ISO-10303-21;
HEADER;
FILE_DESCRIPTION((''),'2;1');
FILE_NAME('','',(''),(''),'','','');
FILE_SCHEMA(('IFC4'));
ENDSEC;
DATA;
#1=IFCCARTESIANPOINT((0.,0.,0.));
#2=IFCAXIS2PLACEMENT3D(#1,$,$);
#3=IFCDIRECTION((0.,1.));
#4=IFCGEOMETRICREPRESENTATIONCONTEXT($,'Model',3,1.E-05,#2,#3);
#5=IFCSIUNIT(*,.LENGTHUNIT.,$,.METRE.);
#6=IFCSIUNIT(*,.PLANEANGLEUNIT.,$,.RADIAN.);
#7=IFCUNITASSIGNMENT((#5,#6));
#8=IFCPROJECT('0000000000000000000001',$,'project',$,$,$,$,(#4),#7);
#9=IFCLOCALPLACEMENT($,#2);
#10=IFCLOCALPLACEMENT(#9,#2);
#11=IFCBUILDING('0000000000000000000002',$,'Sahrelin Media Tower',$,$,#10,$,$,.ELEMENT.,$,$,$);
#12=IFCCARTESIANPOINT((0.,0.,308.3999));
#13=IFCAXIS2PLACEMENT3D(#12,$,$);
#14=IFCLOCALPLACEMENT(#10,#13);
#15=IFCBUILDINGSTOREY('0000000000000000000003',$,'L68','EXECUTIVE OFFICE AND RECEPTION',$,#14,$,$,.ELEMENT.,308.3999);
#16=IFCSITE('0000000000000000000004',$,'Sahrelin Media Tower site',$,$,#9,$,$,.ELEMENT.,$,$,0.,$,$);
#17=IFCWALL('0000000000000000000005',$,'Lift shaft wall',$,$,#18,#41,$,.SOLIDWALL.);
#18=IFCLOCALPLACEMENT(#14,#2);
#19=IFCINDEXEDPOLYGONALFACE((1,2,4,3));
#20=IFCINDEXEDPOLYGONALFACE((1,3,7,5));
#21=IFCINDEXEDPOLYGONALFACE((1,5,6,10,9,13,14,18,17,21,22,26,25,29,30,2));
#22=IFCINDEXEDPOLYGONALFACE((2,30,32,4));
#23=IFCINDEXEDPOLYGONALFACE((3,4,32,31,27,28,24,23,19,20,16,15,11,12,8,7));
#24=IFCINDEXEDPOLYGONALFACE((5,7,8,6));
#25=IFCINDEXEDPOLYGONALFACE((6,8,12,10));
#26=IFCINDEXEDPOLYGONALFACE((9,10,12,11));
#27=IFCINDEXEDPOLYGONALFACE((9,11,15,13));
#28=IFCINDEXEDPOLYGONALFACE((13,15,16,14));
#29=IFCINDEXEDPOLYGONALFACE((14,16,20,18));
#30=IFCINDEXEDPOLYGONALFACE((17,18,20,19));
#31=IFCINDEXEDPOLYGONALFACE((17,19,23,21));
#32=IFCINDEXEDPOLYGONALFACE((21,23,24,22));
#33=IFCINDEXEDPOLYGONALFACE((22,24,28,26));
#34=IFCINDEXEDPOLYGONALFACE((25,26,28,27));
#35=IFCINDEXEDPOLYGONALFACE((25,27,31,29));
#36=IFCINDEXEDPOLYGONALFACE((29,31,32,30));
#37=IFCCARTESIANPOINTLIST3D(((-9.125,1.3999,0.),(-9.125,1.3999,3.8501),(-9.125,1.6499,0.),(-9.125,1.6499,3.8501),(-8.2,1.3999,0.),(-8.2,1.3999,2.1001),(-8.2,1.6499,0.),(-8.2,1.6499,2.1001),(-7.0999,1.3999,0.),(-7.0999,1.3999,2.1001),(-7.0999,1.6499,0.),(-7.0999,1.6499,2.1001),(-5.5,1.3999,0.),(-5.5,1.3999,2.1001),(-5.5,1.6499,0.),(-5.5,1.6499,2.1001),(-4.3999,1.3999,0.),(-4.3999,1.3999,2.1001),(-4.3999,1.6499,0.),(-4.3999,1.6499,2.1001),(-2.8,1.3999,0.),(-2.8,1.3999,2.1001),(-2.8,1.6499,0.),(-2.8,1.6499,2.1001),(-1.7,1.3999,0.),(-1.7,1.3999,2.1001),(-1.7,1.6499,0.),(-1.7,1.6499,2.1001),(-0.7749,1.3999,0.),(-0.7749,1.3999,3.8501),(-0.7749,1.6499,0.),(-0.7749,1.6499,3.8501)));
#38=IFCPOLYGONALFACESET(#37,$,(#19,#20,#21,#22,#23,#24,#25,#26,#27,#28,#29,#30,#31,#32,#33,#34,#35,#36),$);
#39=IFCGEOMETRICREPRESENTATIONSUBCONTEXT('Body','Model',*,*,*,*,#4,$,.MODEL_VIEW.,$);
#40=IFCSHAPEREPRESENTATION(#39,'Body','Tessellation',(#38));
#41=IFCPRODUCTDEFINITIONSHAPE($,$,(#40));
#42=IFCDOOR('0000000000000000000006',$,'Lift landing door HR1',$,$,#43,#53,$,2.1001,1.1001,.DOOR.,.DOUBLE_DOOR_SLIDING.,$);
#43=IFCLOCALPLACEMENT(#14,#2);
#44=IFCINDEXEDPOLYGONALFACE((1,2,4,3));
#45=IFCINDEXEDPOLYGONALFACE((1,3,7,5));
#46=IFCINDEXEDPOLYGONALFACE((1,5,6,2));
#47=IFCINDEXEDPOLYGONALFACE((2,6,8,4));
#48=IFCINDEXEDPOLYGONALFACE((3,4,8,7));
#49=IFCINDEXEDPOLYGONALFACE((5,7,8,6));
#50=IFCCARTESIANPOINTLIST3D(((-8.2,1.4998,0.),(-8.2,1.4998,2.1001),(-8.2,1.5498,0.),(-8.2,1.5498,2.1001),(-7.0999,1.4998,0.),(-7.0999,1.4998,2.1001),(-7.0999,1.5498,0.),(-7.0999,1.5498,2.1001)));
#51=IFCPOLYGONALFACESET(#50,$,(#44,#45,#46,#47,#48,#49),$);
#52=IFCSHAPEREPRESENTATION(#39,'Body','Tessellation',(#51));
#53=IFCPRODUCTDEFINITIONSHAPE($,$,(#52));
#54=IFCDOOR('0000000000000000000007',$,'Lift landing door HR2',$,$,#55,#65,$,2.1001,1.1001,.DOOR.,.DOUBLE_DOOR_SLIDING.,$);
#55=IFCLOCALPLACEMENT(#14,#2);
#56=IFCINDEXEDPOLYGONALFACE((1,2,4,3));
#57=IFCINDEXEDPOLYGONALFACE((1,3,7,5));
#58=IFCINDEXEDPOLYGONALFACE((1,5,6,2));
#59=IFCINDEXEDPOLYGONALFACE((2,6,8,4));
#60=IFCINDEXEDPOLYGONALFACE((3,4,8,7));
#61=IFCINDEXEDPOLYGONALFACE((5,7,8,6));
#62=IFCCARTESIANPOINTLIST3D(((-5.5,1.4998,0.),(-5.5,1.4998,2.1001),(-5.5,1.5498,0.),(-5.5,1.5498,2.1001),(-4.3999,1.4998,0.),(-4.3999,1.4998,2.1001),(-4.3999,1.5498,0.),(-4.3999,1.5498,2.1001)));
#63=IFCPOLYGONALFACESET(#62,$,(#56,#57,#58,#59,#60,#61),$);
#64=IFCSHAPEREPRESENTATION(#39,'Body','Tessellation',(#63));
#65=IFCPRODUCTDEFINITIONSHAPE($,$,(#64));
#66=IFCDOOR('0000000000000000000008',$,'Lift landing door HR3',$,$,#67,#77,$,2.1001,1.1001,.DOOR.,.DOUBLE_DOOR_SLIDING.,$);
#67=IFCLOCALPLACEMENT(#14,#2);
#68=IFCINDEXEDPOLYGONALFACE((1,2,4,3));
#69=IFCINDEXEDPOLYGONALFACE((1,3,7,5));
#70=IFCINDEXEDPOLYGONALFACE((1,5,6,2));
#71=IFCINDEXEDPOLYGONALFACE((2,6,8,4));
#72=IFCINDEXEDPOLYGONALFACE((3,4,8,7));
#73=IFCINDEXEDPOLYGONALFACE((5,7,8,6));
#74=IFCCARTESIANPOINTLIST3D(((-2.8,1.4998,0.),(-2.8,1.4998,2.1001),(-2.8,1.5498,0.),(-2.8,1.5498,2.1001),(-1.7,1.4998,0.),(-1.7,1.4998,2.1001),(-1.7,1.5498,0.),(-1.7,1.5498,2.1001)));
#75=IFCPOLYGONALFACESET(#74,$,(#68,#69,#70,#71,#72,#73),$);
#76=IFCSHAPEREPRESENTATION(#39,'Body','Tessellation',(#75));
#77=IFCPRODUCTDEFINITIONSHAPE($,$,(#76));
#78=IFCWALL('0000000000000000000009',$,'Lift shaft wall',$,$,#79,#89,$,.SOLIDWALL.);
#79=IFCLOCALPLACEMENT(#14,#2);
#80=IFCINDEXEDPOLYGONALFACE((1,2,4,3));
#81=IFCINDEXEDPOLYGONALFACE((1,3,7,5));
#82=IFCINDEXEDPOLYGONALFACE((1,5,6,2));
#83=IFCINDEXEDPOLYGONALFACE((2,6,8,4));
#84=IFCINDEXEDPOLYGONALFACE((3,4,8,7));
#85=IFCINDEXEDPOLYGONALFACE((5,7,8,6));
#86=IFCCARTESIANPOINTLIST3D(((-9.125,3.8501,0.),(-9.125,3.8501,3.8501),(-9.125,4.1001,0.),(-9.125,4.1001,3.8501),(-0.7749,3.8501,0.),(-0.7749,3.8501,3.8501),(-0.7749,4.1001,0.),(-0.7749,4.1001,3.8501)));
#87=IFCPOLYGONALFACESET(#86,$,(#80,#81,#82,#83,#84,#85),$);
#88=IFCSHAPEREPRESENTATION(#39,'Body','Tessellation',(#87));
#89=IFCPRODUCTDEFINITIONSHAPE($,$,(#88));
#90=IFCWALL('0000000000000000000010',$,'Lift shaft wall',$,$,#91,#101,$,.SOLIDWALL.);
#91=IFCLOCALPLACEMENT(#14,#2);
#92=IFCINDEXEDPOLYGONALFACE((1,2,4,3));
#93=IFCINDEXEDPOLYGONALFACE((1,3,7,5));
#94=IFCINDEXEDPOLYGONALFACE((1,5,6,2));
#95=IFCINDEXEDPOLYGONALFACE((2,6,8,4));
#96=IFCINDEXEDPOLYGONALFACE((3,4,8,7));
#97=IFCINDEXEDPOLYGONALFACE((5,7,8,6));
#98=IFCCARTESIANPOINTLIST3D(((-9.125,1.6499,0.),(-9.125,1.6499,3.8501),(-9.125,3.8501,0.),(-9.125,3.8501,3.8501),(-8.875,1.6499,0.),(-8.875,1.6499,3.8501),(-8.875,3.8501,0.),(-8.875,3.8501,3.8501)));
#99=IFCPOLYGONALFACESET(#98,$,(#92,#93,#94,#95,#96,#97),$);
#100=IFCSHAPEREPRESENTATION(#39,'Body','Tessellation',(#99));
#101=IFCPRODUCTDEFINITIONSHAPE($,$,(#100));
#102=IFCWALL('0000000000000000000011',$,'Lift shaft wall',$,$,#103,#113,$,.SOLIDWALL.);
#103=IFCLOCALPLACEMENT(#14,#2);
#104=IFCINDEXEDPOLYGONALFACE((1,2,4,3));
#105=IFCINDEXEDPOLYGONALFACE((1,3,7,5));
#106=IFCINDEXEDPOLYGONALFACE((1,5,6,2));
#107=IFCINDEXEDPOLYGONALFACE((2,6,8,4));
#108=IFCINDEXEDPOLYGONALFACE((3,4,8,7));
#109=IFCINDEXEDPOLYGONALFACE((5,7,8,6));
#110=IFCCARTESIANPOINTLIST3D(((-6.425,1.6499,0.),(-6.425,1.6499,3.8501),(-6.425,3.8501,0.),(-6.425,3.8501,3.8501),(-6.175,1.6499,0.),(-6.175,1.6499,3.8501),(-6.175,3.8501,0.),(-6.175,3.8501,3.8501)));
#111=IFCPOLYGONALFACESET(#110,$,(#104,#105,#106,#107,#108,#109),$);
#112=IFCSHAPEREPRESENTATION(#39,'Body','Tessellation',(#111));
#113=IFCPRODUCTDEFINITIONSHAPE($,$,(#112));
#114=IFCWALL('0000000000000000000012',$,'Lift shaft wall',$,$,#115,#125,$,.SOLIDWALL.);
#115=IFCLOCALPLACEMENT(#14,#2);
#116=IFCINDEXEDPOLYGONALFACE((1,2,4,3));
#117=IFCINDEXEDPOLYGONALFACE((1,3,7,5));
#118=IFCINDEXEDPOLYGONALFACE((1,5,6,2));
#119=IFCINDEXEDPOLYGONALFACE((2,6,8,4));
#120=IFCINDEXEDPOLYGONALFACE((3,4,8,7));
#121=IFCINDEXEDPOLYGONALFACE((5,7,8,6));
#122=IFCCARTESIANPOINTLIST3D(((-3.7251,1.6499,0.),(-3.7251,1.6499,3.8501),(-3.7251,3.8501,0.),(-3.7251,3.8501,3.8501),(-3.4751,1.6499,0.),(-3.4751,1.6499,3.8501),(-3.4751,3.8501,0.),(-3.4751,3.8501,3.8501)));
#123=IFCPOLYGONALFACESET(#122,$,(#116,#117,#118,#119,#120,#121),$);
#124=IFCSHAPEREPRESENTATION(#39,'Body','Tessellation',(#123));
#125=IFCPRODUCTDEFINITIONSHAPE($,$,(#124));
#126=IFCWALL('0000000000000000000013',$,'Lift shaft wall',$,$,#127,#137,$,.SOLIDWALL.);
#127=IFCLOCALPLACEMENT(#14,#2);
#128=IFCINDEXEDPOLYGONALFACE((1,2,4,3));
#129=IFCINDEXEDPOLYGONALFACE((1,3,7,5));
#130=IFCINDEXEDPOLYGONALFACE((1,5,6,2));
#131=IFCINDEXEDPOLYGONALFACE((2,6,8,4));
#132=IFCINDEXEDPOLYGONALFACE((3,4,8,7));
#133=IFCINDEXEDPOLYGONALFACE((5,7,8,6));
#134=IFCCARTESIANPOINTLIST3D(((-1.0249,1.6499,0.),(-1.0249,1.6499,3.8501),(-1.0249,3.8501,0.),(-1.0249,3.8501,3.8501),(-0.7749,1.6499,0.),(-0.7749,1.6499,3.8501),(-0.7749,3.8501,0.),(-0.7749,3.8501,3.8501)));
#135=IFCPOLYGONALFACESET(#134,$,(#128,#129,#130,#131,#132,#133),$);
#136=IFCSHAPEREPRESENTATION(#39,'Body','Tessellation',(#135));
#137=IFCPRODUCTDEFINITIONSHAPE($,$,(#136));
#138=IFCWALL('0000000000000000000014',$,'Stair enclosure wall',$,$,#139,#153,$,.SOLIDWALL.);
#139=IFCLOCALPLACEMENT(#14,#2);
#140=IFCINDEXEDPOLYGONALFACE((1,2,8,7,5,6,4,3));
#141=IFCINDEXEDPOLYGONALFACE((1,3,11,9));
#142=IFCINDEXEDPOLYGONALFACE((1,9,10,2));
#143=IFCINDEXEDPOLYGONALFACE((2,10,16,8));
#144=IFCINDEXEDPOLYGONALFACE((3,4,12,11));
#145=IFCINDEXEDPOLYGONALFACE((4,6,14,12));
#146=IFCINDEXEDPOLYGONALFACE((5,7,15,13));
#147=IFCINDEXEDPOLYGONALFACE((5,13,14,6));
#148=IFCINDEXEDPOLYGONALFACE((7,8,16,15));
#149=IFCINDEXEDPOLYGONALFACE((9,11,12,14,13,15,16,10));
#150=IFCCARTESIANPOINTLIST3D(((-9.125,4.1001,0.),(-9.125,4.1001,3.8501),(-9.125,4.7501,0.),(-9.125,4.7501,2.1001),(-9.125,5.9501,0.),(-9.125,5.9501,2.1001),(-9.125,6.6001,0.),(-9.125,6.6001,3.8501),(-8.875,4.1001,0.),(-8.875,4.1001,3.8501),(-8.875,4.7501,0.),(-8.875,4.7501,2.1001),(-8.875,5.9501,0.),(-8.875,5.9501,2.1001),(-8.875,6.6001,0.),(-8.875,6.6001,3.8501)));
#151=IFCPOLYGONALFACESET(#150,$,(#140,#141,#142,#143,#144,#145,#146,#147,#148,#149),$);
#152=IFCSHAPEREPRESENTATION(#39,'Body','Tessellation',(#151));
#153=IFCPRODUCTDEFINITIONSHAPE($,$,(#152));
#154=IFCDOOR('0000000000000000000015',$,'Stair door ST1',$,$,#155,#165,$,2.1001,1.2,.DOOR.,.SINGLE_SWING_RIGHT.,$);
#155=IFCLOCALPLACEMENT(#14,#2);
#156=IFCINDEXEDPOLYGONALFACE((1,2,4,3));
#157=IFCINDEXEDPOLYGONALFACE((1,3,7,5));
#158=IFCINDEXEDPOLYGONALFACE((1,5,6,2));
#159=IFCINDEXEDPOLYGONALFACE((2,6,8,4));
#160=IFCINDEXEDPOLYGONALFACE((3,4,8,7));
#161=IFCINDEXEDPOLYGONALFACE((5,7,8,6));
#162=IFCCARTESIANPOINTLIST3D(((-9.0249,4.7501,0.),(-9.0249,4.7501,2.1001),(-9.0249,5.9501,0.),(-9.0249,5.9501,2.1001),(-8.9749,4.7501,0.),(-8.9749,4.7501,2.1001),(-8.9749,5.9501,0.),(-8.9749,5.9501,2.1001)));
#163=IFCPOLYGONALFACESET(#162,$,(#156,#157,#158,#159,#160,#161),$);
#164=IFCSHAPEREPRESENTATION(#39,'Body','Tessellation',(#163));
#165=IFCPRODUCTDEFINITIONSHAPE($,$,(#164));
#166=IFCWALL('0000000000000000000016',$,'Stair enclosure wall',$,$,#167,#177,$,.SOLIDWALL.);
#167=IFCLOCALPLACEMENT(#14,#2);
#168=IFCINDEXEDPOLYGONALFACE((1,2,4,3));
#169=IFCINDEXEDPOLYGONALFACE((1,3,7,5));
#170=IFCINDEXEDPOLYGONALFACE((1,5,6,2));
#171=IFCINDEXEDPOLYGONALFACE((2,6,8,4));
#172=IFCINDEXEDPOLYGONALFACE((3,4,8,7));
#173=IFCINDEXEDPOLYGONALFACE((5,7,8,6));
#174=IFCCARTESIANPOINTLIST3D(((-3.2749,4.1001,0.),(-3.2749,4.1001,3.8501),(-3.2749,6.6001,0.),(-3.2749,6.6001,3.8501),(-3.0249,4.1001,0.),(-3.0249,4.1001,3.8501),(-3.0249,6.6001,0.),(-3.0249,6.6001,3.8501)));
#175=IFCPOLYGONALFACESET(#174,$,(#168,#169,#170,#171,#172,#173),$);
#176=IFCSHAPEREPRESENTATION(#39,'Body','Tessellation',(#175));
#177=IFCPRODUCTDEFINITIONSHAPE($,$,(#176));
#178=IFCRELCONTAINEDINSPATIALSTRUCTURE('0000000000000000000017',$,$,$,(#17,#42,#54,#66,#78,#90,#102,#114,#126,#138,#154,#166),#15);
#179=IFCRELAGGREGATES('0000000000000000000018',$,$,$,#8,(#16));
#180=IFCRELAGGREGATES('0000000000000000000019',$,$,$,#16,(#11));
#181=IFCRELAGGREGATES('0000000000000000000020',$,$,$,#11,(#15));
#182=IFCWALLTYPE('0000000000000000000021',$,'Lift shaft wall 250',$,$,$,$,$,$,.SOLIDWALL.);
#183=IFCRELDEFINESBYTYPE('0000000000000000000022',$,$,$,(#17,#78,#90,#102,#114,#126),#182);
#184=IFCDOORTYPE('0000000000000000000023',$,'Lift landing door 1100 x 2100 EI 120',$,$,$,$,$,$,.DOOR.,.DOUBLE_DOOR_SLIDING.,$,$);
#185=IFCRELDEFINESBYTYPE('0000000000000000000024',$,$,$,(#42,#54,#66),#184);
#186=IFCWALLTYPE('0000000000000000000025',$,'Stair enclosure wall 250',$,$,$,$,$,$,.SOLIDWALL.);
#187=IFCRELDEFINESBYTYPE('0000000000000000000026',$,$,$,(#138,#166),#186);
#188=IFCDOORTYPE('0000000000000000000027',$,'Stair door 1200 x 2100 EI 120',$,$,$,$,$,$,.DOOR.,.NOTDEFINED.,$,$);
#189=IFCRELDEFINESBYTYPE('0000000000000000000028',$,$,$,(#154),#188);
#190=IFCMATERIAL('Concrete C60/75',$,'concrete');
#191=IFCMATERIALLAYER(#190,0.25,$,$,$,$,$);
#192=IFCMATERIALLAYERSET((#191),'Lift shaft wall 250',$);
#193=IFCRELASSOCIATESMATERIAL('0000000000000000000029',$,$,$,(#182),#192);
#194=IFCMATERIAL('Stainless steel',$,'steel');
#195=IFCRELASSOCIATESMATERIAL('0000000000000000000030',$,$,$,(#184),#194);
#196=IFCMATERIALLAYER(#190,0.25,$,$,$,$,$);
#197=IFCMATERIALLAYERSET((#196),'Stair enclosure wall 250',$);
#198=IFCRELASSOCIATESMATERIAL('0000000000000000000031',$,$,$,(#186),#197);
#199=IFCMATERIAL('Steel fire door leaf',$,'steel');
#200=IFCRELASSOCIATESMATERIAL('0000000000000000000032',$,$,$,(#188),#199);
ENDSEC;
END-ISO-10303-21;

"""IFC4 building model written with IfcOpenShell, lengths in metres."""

from ifc_helpers import new_model, si_unit, direction, frame, frame_2d, origin, place, context, subcontext, project, spatial, rectangle, extrude, material, layer, layer_set, type_object, element, fill, save


model = new_model("IFC4")

# Units and contexts
model_context = context("Model", 3, precision=1e-05, world=origin(), true_north=direction((0.0, 1.0)))
body_context = subcontext(model_context, "Body", "Model", "MODEL_VIEW")
ifc_project = project(units=[si_unit("LENGTHUNIT", "METRE"), si_unit("PLANEANGLEUNIT", "RADIAN")], contexts=[model_context])

# Site, building, storey
site_placement = place(None, origin())
site = spatial("IfcSite", under=ifc_project, at=site_placement, Name="Sahrelin Media Tower site", CompositionType="ELEMENT", RefElevation=0.0)
building_placement = place(site_placement, origin())
building = spatial("IfcBuilding", under=site, at=building_placement, Name="Sahrelin Media Tower", CompositionType="ELEMENT")
storey_placement = place(building_placement, frame((0.0, 0.0, 308.3999)))
storey = spatial("IfcBuildingStorey", under=building, at=storey_placement, Name="L68", Description="EXECUTIVE OFFICE AND RECEPTION", CompositionType="ELEMENT", Elevation=308.3999)

# Shared definitions
ifc_material_1 = material(Name="Concrete C60/75", Category="concrete")

# Shared definitions
ifc_material_2 = material(Name="Steel fire door leaf", Category="steel")

# Wall, openings, doors
ifc_layer_1 = layer(ifc_material_1, 0.25)
ifc_layer_set_1 = layer_set([ifc_layer_1], Name="Lift shaft wall 250")
wall_type_1 = type_object("IfcWallType", Name="Lift shaft wall 250", PredefinedType="SOLIDWALL", material=ifc_layer_set_1)
wall_1_placement = place(storey_placement, frame((-9.125, 1.5249, 0.0), z_axis=(0.0, 0.0, 1.0), x_axis=(1.0, 0.0, 0.0)))
wall_1 = element("IfcWall", 1, at=wall_1_placement, inside=storey, type_object=wall_type_1, Name="Lift shaft wall", PredefinedType="SOLIDWALL", context=body_context, shape_type="SweptSolid", body=[
    extrude(rectangle(XDim=8.3501, YDim=0.25, at=frame_2d((4.175, 0.0))), origin(), (0.0, 0.0, 1.0), 3.8501),
])
opening_1_placement = place(wall_1_placement, frame((0.925, 0.0, 0.0)))
opening_1 = element("IfcOpeningElement", 2, at=opening_1_placement, cuts=wall_1, PredefinedType="OPENING", context=body_context, shape_type="SweptSolid", body=[
    extrude(rectangle(XDim=1.1001, YDim=2.1001, at=frame_2d((0.55, 1.05))), frame((0.0, 0.125, 0.0), z_axis=(0.0, -1.0, 0.0), x_axis=(1.0, 0.0, 0.0)), (0.0, 0.0, 1.0), 0.25),
])
opening_2_placement = place(wall_1_placement, frame((3.625, 0.0, 0.0)))
opening_2 = element("IfcOpeningElement", 3, at=opening_2_placement, cuts=wall_1, PredefinedType="OPENING", context=body_context, shape_type="SweptSolid", body=[
    extrude(rectangle(XDim=1.1001, YDim=2.1001, at=frame_2d((0.55, 1.05))), frame((0.0, 0.125, 0.0), z_axis=(0.0, -1.0, 0.0), x_axis=(1.0, 0.0, 0.0)), (0.0, 0.0, 1.0), 0.25),
])
opening_3_placement = place(wall_1_placement, frame((6.325, 0.0, 0.0)))
opening_3 = element("IfcOpeningElement", 4, at=opening_3_placement, cuts=wall_1, PredefinedType="OPENING", context=body_context, shape_type="SweptSolid", body=[
    extrude(rectangle(XDim=1.1001, YDim=2.1001, at=frame_2d((0.55, 1.05))), frame((0.0, 0.125, 0.0), z_axis=(0.0, -1.0, 0.0), x_axis=(1.0, 0.0, 0.0)), (0.0, 0.0, 1.0), 0.25),
])
ifc_material_3 = material(Name="Stainless steel", Category="steel")
door_type_1 = type_object("IfcDoorType", Name="Lift landing door 1100 x 2100 EI 120", OperationType="DOUBLE_DOOR_SLIDING", PredefinedType="DOOR", material=ifc_material_3)
door_1_placement = place(opening_1_placement, origin())
door_1 = element("IfcDoor", 5, at=door_1_placement, inside=storey, type_object=door_type_1, Name="Lift landing door HR1", OperationType="DOUBLE_DOOR_SLIDING", OverallHeight=2.1001, OverallWidth=1.1001, PredefinedType="DOOR", context=body_context, shape_type="SweptSolid", body=[
    extrude(rectangle(XDim=1.1001, YDim=2.1001, at=frame_2d((0.55, 1.05))), frame((0.0, 0.0249, 0.0), z_axis=(0.0, -1.0, 0.0), x_axis=(1.0, 0.0, 0.0)), (0.0, 0.0, 1.0), 0.05),
])
fill(opening_1, door_1)
door_2_placement = place(opening_2_placement, origin())
door_2 = element("IfcDoor", 6, at=door_2_placement, inside=storey, type_object=door_type_1, Name="Lift landing door HR2", OperationType="DOUBLE_DOOR_SLIDING", OverallHeight=2.1001, OverallWidth=1.1001, PredefinedType="DOOR", context=body_context, shape_type="SweptSolid", body=[
    extrude(rectangle(XDim=1.1001, YDim=2.1001, at=frame_2d((0.55, 1.05))), frame((0.0, 0.0249, 0.0), z_axis=(0.0, -1.0, 0.0), x_axis=(1.0, 0.0, 0.0)), (0.0, 0.0, 1.0), 0.05),
])
fill(opening_2, door_2)
door_3_placement = place(opening_3_placement, origin())
door_3 = element("IfcDoor", 7, at=door_3_placement, inside=storey, type_object=door_type_1, Name="Lift landing door HR3", OperationType="DOUBLE_DOOR_SLIDING", OverallHeight=2.1001, OverallWidth=1.1001, PredefinedType="DOOR", context=body_context, shape_type="SweptSolid", body=[
    extrude(rectangle(XDim=1.1001, YDim=2.1001, at=frame_2d((0.55, 1.05))), frame((0.0, 0.0249, 0.0), z_axis=(0.0, -1.0, 0.0), x_axis=(1.0, 0.0, 0.0)), (0.0, 0.0, 1.0), 0.05),
])
fill(opening_3, door_3)

# Walls
wall_2_placement = place(storey_placement, frame((-9.125, 3.9751, 0.0), z_axis=(0.0, 0.0, 1.0), x_axis=(1.0, 0.0, 0.0)))
element("IfcWall", 8, at=wall_2_placement, inside=storey, type_object=wall_type_1, Name="Lift shaft wall", PredefinedType="SOLIDWALL", context=body_context, shape_type="SweptSolid", body=[
    extrude(rectangle(XDim=8.3501, YDim=0.25, at=frame_2d((4.175, 0.0))), origin(), (0.0, 0.0, 1.0), 3.8501),
])
for number, where, z_axis, x_axis, name in (
    (9, (-9.0, 1.6499, 0.0), (0.0, 0.0, 1.0), (0.0, 1.0, 0.0), "Lift shaft wall"),
    (10, (-6.3, 1.6499, 0.0), (0.0, 0.0, 1.0), (0.0, 1.0, 0.0), "Lift shaft wall"),
    (11, (-3.6001, 1.6499, 0.0), (0.0, 0.0, 1.0), (0.0, 1.0, 0.0), "Lift shaft wall"),
    (12, (-0.8999, 1.6499, 0.0), (0.0, 0.0, 1.0), (0.0, 1.0, 0.0), "Lift shaft wall"),
):
    element("IfcWall", number, at=place(storey_placement, frame(where, z_axis=z_axis, x_axis=x_axis)), inside=storey, type_object=wall_type_1, Name=name, PredefinedType="SOLIDWALL", context=body_context, shape_type="SweptSolid", body=[
        extrude(rectangle(XDim=2.2002, YDim=0.25, at=frame_2d((1.1001, 0.0))), origin(), (0.0, 0.0, 1.0), 3.8501),
    ])

# Wall, opening, door
ifc_layer_2 = layer(ifc_material_1, 0.25)
ifc_layer_set_2 = layer_set([ifc_layer_2], Name="Stair enclosure wall 250")
wall_type_2 = type_object("IfcWallType", Name="Stair enclosure wall 250", PredefinedType="SOLIDWALL", material=ifc_layer_set_2)
wall_3_placement = place(storey_placement, frame((-9.0, 4.1001, 0.0), z_axis=(0.0, 0.0, 1.0), x_axis=(0.0, 1.0, 0.0)))
wall_3 = element("IfcWall", 13, at=wall_3_placement, inside=storey, type_object=wall_type_2, Name="Stair enclosure wall", PredefinedType="SOLIDWALL", context=body_context, shape_type="SweptSolid", body=[
    extrude(rectangle(XDim=2.5, YDim=0.25, at=frame_2d((1.25, 0.0))), origin(), (0.0, 0.0, 1.0), 3.8501),
])
opening_4_placement = place(wall_3_placement, frame((0.6499, 0.0, 0.0)))
opening_4 = element("IfcOpeningElement", 14, at=opening_4_placement, cuts=wall_3, PredefinedType="OPENING", context=body_context, shape_type="SweptSolid", body=[
    extrude(rectangle(XDim=1.2, YDim=2.1001, at=frame_2d((0.6001, 1.05))), frame((0.0, 0.125, 0.0), z_axis=(0.0, -1.0, 0.0), x_axis=(1.0, 0.0, 0.0)), (0.0, 0.0, 1.0), 0.25),
])
door_type_2 = type_object("IfcDoorType", Name="Stair door 1200 x 2100 EI 120", OperationType="NOTDEFINED", PredefinedType="DOOR", material=ifc_material_2)
door_4_placement = place(opening_4_placement, origin())
door_4 = element("IfcDoor", 15, at=door_4_placement, inside=storey, type_object=door_type_2, Name="Stair door ST1", OperationType="SINGLE_SWING_RIGHT", OverallHeight=2.1001, OverallWidth=1.2, PredefinedType="DOOR", context=body_context, shape_type="SweptSolid", body=[
    extrude(rectangle(XDim=1.2, YDim=2.1001, at=frame_2d((0.6001, 1.05))), frame((0.0, 0.0249, 0.0), z_axis=(0.0, -1.0, 0.0), x_axis=(1.0, 0.0, 0.0)), (0.0, 0.0, 1.0), 0.05),
])
fill(opening_4, door_4)

# Wall
wall_4_placement = place(storey_placement, frame((-3.1499, 4.1001, 0.0), z_axis=(0.0, 0.0, 1.0), x_axis=(0.0, 1.0, 0.0)))
element("IfcWall", 16, at=wall_4_placement, inside=storey, type_object=wall_type_2, Name="Stair enclosure wall", PredefinedType="SOLIDWALL", context=body_context, shape_type="SweptSolid", body=[
    extrude(rectangle(XDim=2.5, YDim=0.25, at=frame_2d((1.25, 0.0))), origin(), (0.0, 0.0, 1.0), 3.8501),
])

save(model, "model.ifc")
